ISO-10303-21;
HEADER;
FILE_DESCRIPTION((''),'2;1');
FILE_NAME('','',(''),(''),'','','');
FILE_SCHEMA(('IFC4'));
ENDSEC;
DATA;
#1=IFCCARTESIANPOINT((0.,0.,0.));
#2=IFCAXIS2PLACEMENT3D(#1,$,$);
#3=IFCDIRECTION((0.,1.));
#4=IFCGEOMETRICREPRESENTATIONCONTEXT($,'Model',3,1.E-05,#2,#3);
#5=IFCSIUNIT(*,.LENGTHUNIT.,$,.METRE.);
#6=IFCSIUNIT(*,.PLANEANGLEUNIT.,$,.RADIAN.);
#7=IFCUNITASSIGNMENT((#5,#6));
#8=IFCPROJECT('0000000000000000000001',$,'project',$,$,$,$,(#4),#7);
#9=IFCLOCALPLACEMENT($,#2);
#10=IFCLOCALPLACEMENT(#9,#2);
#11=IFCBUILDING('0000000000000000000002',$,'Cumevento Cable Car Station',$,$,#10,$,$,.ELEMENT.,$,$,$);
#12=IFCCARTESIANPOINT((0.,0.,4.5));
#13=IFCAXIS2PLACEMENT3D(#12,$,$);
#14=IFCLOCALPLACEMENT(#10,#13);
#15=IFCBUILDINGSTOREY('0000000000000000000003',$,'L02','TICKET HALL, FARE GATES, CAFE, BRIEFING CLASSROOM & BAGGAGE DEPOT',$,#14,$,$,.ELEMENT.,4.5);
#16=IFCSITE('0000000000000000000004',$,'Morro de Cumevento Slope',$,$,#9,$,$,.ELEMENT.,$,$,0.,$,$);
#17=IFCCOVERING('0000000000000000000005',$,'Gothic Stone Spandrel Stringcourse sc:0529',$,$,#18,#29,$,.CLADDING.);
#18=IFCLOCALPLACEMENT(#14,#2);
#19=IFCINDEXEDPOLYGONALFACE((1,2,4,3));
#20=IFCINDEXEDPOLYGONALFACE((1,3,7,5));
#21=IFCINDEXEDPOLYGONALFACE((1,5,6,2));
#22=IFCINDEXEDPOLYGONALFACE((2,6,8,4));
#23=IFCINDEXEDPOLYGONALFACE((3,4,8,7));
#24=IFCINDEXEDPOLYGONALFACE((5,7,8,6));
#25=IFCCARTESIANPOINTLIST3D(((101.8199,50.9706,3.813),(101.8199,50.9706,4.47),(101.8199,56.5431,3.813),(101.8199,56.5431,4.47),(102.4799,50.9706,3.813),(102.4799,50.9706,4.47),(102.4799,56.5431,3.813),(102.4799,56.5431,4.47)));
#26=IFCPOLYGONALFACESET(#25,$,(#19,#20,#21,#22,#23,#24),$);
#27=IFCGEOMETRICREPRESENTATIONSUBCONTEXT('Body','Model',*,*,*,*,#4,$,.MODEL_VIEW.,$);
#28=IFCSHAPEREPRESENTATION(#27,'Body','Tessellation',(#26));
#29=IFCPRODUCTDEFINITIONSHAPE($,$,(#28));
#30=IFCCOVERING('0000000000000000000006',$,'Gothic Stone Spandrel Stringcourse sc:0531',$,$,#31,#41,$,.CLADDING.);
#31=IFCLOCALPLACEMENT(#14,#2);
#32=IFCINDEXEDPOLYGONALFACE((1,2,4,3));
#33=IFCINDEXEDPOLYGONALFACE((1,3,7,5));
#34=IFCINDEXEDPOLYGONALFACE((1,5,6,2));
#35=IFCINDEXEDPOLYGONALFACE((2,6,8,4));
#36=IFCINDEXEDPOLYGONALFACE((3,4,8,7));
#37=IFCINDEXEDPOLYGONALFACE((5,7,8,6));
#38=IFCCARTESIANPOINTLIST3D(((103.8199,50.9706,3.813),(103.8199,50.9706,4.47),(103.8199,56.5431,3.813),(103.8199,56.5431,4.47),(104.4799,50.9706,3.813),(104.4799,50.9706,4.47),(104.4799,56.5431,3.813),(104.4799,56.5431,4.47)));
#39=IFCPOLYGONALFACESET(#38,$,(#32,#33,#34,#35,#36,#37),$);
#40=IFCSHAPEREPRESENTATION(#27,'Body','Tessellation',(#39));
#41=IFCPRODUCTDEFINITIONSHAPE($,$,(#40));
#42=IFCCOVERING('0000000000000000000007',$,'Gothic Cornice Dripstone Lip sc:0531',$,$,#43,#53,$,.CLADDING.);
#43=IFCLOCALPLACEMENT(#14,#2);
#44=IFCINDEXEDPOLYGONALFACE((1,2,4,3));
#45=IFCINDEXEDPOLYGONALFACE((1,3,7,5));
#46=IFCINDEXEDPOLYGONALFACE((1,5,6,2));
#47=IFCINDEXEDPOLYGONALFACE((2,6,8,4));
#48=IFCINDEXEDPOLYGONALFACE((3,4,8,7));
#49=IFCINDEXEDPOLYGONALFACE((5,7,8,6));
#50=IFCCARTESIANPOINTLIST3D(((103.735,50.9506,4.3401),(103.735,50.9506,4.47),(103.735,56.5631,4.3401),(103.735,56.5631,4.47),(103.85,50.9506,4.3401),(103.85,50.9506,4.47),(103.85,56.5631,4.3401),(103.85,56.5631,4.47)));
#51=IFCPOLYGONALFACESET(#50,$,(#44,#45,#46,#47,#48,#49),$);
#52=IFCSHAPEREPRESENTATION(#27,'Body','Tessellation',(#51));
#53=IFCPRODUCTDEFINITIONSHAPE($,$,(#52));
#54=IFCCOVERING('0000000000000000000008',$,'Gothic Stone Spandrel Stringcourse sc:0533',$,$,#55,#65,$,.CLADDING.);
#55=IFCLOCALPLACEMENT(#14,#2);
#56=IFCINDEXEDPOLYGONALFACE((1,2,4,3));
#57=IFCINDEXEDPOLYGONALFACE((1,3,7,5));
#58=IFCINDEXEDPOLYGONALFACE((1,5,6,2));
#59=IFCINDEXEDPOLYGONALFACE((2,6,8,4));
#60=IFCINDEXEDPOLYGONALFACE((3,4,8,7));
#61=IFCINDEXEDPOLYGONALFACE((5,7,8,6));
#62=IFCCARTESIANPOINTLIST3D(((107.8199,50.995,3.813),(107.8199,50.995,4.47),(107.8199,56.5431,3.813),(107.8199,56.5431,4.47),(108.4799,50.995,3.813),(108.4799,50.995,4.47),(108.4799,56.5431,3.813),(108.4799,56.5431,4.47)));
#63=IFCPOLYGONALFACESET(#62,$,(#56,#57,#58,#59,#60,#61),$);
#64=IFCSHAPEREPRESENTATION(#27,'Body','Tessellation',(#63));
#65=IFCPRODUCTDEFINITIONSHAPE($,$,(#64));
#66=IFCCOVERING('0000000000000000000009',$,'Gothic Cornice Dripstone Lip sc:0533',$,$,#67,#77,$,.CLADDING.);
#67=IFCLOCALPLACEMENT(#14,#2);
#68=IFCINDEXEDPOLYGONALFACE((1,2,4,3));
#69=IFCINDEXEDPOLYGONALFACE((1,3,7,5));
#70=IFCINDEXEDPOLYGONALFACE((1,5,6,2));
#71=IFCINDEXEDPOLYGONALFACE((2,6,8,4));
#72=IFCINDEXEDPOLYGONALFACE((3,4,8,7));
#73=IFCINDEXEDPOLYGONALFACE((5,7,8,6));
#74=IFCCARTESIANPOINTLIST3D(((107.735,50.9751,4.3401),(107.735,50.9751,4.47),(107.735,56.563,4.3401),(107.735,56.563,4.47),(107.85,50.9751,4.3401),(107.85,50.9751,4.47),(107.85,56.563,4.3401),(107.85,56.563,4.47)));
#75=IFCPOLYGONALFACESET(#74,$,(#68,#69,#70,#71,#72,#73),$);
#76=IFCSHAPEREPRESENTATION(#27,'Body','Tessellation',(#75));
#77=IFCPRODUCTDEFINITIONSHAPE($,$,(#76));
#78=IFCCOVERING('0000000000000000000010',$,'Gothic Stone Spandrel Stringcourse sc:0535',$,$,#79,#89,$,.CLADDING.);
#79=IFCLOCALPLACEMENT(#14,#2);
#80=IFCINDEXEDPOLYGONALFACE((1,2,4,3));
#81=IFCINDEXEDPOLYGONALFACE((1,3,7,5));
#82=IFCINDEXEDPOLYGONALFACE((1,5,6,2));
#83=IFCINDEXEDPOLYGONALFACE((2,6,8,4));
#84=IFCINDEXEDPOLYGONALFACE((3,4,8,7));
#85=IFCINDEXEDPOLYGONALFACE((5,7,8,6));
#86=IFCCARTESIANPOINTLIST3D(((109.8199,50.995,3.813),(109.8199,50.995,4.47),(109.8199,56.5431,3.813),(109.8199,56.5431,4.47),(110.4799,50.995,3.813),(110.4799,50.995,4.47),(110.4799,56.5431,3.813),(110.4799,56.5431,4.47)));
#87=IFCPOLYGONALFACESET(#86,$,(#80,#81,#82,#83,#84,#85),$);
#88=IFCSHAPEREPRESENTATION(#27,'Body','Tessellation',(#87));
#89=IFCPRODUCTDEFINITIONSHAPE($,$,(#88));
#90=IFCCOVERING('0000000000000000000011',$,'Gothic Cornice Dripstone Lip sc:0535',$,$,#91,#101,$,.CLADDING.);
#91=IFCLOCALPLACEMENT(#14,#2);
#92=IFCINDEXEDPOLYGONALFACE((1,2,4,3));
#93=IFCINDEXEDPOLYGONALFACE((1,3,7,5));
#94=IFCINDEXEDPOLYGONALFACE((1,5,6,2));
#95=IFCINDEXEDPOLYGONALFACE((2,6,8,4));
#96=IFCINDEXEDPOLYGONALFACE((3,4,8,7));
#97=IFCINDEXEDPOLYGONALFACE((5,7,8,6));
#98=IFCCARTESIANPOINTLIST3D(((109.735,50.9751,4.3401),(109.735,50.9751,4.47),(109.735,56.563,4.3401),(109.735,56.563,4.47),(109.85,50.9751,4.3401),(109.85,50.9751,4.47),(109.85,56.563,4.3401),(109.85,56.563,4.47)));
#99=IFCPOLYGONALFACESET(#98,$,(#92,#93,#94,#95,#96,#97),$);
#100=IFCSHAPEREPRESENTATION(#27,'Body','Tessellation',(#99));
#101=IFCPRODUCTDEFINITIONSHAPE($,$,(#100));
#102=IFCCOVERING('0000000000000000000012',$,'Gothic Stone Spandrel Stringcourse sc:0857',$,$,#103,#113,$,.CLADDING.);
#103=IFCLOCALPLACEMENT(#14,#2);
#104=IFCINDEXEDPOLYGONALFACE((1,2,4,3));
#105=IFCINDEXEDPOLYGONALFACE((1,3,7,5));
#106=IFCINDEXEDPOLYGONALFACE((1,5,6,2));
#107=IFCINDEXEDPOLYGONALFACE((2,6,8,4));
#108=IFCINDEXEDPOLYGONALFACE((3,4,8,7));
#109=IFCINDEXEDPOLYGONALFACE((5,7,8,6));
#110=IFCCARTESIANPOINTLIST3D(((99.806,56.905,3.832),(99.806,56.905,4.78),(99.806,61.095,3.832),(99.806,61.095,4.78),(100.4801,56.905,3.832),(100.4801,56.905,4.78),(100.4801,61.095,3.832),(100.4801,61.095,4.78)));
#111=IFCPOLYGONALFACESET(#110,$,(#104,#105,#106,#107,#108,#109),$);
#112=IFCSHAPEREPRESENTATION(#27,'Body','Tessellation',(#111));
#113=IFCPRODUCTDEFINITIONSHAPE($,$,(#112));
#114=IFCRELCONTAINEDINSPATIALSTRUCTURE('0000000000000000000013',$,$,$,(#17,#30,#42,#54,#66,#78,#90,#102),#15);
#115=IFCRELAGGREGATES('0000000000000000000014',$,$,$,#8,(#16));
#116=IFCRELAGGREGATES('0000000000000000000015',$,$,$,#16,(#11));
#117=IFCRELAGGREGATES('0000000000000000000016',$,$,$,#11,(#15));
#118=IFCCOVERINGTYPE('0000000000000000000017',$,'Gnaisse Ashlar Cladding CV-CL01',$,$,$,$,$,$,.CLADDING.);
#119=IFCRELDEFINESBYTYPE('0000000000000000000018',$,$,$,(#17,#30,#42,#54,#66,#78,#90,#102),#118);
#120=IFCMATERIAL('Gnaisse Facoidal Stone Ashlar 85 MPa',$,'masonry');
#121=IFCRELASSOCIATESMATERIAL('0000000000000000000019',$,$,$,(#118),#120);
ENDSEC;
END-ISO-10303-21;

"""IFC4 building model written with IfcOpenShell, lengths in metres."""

from ifc_helpers import new_model, si_unit, direction, frame, origin, origin_2d, place, context, subcontext, project, spatial, rectangle, extrude, material, type_object, element, save


model = new_model("IFC4")

# Units and contexts
model_context = context("Model", 3, precision=1e-05, world=origin(), true_north=direction((0.0, 1.0)))
body_context = subcontext(model_context, "Body", "Model", "MODEL_VIEW")
ifc_project = project(units=[si_unit("LENGTHUNIT", "METRE"), si_unit("PLANEANGLEUNIT", "RADIAN")], contexts=[model_context])

# Site, building, storey
site_placement = place(None, origin())
site = spatial("IfcSite", under=ifc_project, at=site_placement, Name="Morro de Cumevento Slope", CompositionType="ELEMENT", RefElevation=0.0)
building_placement = place(site_placement, origin())
building = spatial("IfcBuilding", under=site, at=building_placement, Name="Cumevento Cable Car Station", CompositionType="ELEMENT")
storey_placement = place(building_placement, frame((0.0, 0.0, 4.5)))
storey = spatial("IfcBuildingStorey", under=building, at=storey_placement, Name="L02", Description="TICKET HALL, FARE GATES, CAFE, BRIEFING CLASSROOM & BAGGAGE DEPOT", CompositionType="ELEMENT", Elevation=4.5)

# Coverings
ifc_material_1 = material(Name="Gnaisse Facoidal Stone Ashlar 85 MPa", Category="masonry")
covering_type = type_object("IfcCoveringType", Name="Gnaisse Ashlar Cladding CV-CL01", PredefinedType="CLADDING", material=ifc_material_1)
for number, where, z_axis, x_axis, name in (
    (1, (102.1499, 53.7568, 3.813), (0.0, 0.0, 1.0), (0.0, 1.0, 0.0), "Gothic Stone Spandrel Stringcourse sc:0529"),
    (2, (104.1499, 53.7568, 3.813), (0.0, 0.0, 1.0), (0.0, 1.0, 0.0), "Gothic Stone Spandrel Stringcourse sc:0531"),
):
    element("IfcCovering", number, at=place(storey_placement, frame(where, z_axis=z_axis, x_axis=x_axis)), inside=storey, type_object=covering_type, Name=name, PredefinedType="CLADDING", context=body_context, shape_type="SweptSolid", body=[
        extrude(rectangle(XDim=5.5725, YDim=0.6599, at=origin_2d()), origin(), (0.0, 0.0, 1.0), 0.657),
    ])
covering_1_placement = place(storey_placement, frame((103.7925, 53.7568, 4.3401), z_axis=(0.0, 0.0, 1.0), x_axis=(0.0, 1.0, 0.0)))
element("IfcCovering", 3, at=covering_1_placement, inside=storey, type_object=covering_type, Name="Gothic Cornice Dripstone Lip sc:0531", PredefinedType="CLADDING", context=body_context, shape_type="SweptSolid", body=[
    extrude(rectangle(XDim=5.6125, YDim=0.115, at=origin_2d()), origin(), (0.0, 0.0, 1.0), 0.1299),
])
covering_2_placement = place(storey_placement, frame((108.1499, 53.769, 3.813), z_axis=(0.0, 0.0, 1.0), x_axis=(0.0, 1.0, 0.0)))
element("IfcCovering", 4, at=covering_2_placement, inside=storey, type_object=covering_type, Name="Gothic Stone Spandrel Stringcourse sc:0533", PredefinedType="CLADDING", context=body_context, shape_type="SweptSolid", body=[
    extrude(rectangle(XDim=5.5481, YDim=0.6599, at=origin_2d()), origin(), (0.0, 0.0, 1.0), 0.657),
])
covering_3_placement = place(storey_placement, frame((107.7925, 53.769, 4.3401), z_axis=(0.0, 0.0, 1.0), x_axis=(0.0, 1.0, 0.0)))
element("IfcCovering", 5, at=covering_3_placement, inside=storey, type_object=covering_type, Name="Gothic Cornice Dripstone Lip sc:0533", PredefinedType="CLADDING", context=body_context, shape_type="SweptSolid", body=[
    extrude(rectangle(XDim=5.5879, YDim=0.115, at=origin_2d()), origin(), (0.0, 0.0, 1.0), 0.1299),
])
covering_4_placement = place(storey_placement, frame((110.1499, 53.769, 3.813), z_axis=(0.0, 0.0, 1.0), x_axis=(0.0, 1.0, 0.0)))
element("IfcCovering", 6, at=covering_4_placement, inside=storey, type_object=covering_type, Name="Gothic Stone Spandrel Stringcourse sc:0535", PredefinedType="CLADDING", context=body_context, shape_type="SweptSolid", body=[
    extrude(rectangle(XDim=5.5481, YDim=0.6599, at=origin_2d()), origin(), (0.0, 0.0, 1.0), 0.657),
])
covering_5_placement = place(storey_placement, frame((109.7925, 53.769, 4.3401), z_axis=(0.0, 0.0, 1.0), x_axis=(0.0, 1.0, 0.0)))
element("IfcCovering", 7, at=covering_5_placement, inside=storey, type_object=covering_type, Name="Gothic Cornice Dripstone Lip sc:0535", PredefinedType="CLADDING", context=body_context, shape_type="SweptSolid", body=[
    extrude(rectangle(XDim=5.5879, YDim=0.115, at=origin_2d()), origin(), (0.0, 0.0, 1.0), 0.1299),
])
covering_6_placement = place(storey_placement, frame((100.1431, 59.0, 3.832), z_axis=(0.0, 0.0, 1.0), x_axis=(0.0, 1.0, 0.0)))
element("IfcCovering", 8, at=covering_6_placement, inside=storey, type_object=covering_type, Name="Gothic Stone Spandrel Stringcourse sc:0857", PredefinedType="CLADDING", context=body_context, shape_type="SweptSolid", body=[
    extrude(rectangle(XDim=4.1899, YDim=0.6741, at=origin_2d()), origin(), (0.0, 0.0, 1.0), 0.948),
])

save(model, "model.ifc")
